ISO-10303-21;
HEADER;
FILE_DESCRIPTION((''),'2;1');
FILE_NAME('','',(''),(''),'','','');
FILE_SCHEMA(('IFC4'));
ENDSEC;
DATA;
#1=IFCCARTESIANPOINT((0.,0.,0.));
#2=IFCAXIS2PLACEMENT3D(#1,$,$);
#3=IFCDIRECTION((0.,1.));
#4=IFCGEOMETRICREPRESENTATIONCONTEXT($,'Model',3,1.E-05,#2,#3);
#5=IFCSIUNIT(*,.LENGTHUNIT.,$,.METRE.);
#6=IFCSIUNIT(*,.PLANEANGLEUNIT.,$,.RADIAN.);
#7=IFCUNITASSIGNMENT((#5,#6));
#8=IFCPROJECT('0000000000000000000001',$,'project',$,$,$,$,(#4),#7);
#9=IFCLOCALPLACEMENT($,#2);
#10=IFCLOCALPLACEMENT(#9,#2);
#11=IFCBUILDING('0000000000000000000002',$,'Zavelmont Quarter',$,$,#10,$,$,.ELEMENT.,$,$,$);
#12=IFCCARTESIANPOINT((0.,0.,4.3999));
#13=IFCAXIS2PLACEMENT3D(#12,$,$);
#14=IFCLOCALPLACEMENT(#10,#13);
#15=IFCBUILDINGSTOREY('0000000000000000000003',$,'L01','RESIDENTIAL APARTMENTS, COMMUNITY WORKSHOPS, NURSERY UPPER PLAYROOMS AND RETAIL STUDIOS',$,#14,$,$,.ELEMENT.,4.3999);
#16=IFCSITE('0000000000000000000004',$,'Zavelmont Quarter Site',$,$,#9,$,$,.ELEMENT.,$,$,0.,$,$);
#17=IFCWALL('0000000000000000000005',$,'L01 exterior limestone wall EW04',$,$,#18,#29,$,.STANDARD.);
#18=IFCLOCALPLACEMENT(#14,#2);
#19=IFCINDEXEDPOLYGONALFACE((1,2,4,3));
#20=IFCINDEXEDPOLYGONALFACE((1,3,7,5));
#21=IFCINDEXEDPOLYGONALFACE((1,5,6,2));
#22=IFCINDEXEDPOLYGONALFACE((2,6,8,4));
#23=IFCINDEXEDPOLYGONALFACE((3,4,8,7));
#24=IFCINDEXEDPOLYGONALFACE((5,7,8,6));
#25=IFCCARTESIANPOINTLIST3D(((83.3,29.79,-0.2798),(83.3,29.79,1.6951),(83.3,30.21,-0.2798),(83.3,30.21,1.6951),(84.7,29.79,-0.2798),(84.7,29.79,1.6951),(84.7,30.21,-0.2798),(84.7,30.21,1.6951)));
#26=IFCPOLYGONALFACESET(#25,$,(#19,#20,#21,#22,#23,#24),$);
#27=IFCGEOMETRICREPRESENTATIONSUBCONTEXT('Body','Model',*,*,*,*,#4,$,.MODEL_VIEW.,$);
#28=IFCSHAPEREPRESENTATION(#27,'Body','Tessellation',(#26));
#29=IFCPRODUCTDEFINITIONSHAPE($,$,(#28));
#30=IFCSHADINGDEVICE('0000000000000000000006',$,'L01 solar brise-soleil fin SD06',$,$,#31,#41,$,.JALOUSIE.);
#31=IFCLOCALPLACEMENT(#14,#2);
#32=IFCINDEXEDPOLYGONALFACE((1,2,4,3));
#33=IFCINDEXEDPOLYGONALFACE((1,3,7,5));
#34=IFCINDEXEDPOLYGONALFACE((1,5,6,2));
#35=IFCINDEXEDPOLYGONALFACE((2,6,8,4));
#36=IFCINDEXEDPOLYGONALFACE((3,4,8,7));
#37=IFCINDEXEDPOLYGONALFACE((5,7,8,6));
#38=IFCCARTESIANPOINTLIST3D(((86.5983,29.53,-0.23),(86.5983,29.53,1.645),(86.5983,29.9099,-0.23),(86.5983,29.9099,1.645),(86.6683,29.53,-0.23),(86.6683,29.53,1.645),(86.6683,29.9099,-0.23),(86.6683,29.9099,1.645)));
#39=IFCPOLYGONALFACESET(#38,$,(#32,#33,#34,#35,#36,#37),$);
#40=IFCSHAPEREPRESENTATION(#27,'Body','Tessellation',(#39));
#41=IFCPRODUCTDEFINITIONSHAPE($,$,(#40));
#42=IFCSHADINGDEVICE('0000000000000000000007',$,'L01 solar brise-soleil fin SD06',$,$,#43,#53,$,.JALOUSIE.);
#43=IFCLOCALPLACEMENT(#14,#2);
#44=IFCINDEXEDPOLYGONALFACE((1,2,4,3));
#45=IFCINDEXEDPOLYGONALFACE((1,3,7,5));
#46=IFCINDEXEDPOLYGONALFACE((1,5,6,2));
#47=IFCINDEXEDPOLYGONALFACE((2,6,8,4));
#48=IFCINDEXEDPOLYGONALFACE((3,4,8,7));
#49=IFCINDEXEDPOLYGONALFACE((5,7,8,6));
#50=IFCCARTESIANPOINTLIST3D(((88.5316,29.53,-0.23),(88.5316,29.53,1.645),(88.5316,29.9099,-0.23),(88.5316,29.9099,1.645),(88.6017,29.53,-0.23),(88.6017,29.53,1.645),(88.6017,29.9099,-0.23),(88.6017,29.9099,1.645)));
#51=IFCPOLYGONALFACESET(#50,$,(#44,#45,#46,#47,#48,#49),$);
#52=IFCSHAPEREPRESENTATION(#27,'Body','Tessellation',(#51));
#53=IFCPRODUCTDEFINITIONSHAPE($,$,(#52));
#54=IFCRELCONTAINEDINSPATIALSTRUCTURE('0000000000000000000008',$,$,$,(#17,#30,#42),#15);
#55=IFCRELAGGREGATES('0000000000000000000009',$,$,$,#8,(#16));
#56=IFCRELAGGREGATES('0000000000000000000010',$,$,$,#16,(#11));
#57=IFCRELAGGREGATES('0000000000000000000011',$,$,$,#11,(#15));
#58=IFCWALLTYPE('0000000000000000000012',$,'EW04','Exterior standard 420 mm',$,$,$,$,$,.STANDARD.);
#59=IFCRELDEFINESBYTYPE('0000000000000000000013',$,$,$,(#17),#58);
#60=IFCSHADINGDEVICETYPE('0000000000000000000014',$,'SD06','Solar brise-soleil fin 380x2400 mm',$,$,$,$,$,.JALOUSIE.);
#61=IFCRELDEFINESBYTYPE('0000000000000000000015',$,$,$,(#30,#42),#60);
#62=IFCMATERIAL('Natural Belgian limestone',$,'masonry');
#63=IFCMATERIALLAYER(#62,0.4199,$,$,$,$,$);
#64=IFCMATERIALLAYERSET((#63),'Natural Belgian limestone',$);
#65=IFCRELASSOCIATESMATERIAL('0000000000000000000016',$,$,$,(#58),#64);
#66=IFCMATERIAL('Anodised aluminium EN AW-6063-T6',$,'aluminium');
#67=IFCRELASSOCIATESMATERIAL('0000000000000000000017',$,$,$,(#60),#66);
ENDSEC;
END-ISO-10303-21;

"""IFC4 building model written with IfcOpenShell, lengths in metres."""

from ifc_helpers import new_model, si_unit, direction, frame, frame_2d, origin, origin_2d, place, context, subcontext, project, spatial, rectangle, extrude, material, layer, layer_set, type_object, element, save


model = new_model("IFC4")

# Units and contexts
model_context = context("Model", 3, precision=1e-05, world=origin(), true_north=direction((0.0, 1.0)))
body_context = subcontext(model_context, "Body", "Model", "MODEL_VIEW")
ifc_project = project(units=[si_unit("LENGTHUNIT", "METRE"), si_unit("PLANEANGLEUNIT", "RADIAN")], contexts=[model_context])

# Site, building, storey
site_placement = place(None, origin())
site = spatial("IfcSite", under=ifc_project, at=site_placement, Name="Zavelmont Quarter Site", CompositionType="ELEMENT", RefElevation=0.0)
building_placement = place(site_placement, origin())
building = spatial("IfcBuilding", under=site, at=building_placement, Name="Zavelmont Quarter", CompositionType="ELEMENT")
storey_placement = place(building_placement, frame((0.0, 0.0, 4.3999)))
storey = spatial("IfcBuildingStorey", under=building, at=storey_placement, Name="L01", Description="RESIDENTIAL APARTMENTS, COMMUNITY WORKSHOPS, NURSERY UPPER PLAYROOMS AND RETAIL STUDIOS", CompositionType="ELEMENT", Elevation=4.3999)

# Wall
ifc_material_1 = material(Name="Natural Belgian limestone", Category="masonry")
ifc_layer_1 = layer(ifc_material_1, 0.4199)
ifc_layer_set_1 = layer_set([ifc_layer_1], Name="Natural Belgian limestone")
wall_type = type_object("IfcWallType", Name="EW04", Description="Exterior standard 420 mm", PredefinedType="STANDARD", material=ifc_layer_set_1)
wall_placement = place(storey_placement, frame((83.3, 30.0, -0.2798), z_axis=(0.0, 0.0, 1.0), x_axis=(1.0, 0.0, 0.0)))
element("IfcWall", 1, at=wall_placement, inside=storey, type_object=wall_type, Name="L01 exterior limestone wall EW04", PredefinedType="STANDARD", context=body_context, shape_type="SweptSolid", body=[
    extrude(rectangle(XDim=1.3999, YDim=0.4199, at=frame_2d((0.7, 0.0))), origin(), (0.0, 0.0, 1.0), 1.9749),
])

# Shading devices
ifc_material_2 = material(Name="Anodised aluminium EN AW-6063-T6", Category="aluminium")
shading_device_type = type_object("IfcShadingDeviceType", Name="SD06", Description="Solar brise-soleil fin 380x2400 mm", PredefinedType="JALOUSIE", material=ifc_material_2)
for number, where, z_axis, x_axis, name in (
    (2, (86.6333, 29.72, -0.23), (0.0, 0.0, 1.0), (1.0, 0.0, 0.0), "L01 solar brise-soleil fin SD06"),
    (3, (88.5667, 29.72, -0.23), (0.0, 0.0, 1.0), (1.0, 0.0, 0.0), "L01 solar brise-soleil fin SD06"),
):
    element("IfcShadingDevice", number, at=place(storey_placement, frame(where, z_axis=z_axis, x_axis=x_axis)), inside=storey, type_object=shading_device_type, Name=name, PredefinedType="JALOUSIE", context=body_context, shape_type="SweptSolid", body=[
        extrude(rectangle(XDim=0.0701, YDim=0.3799, at=origin_2d()), origin(), (0.0, 0.0, 1.0), 1.875),
    ])

save(model, "model.ifc")
